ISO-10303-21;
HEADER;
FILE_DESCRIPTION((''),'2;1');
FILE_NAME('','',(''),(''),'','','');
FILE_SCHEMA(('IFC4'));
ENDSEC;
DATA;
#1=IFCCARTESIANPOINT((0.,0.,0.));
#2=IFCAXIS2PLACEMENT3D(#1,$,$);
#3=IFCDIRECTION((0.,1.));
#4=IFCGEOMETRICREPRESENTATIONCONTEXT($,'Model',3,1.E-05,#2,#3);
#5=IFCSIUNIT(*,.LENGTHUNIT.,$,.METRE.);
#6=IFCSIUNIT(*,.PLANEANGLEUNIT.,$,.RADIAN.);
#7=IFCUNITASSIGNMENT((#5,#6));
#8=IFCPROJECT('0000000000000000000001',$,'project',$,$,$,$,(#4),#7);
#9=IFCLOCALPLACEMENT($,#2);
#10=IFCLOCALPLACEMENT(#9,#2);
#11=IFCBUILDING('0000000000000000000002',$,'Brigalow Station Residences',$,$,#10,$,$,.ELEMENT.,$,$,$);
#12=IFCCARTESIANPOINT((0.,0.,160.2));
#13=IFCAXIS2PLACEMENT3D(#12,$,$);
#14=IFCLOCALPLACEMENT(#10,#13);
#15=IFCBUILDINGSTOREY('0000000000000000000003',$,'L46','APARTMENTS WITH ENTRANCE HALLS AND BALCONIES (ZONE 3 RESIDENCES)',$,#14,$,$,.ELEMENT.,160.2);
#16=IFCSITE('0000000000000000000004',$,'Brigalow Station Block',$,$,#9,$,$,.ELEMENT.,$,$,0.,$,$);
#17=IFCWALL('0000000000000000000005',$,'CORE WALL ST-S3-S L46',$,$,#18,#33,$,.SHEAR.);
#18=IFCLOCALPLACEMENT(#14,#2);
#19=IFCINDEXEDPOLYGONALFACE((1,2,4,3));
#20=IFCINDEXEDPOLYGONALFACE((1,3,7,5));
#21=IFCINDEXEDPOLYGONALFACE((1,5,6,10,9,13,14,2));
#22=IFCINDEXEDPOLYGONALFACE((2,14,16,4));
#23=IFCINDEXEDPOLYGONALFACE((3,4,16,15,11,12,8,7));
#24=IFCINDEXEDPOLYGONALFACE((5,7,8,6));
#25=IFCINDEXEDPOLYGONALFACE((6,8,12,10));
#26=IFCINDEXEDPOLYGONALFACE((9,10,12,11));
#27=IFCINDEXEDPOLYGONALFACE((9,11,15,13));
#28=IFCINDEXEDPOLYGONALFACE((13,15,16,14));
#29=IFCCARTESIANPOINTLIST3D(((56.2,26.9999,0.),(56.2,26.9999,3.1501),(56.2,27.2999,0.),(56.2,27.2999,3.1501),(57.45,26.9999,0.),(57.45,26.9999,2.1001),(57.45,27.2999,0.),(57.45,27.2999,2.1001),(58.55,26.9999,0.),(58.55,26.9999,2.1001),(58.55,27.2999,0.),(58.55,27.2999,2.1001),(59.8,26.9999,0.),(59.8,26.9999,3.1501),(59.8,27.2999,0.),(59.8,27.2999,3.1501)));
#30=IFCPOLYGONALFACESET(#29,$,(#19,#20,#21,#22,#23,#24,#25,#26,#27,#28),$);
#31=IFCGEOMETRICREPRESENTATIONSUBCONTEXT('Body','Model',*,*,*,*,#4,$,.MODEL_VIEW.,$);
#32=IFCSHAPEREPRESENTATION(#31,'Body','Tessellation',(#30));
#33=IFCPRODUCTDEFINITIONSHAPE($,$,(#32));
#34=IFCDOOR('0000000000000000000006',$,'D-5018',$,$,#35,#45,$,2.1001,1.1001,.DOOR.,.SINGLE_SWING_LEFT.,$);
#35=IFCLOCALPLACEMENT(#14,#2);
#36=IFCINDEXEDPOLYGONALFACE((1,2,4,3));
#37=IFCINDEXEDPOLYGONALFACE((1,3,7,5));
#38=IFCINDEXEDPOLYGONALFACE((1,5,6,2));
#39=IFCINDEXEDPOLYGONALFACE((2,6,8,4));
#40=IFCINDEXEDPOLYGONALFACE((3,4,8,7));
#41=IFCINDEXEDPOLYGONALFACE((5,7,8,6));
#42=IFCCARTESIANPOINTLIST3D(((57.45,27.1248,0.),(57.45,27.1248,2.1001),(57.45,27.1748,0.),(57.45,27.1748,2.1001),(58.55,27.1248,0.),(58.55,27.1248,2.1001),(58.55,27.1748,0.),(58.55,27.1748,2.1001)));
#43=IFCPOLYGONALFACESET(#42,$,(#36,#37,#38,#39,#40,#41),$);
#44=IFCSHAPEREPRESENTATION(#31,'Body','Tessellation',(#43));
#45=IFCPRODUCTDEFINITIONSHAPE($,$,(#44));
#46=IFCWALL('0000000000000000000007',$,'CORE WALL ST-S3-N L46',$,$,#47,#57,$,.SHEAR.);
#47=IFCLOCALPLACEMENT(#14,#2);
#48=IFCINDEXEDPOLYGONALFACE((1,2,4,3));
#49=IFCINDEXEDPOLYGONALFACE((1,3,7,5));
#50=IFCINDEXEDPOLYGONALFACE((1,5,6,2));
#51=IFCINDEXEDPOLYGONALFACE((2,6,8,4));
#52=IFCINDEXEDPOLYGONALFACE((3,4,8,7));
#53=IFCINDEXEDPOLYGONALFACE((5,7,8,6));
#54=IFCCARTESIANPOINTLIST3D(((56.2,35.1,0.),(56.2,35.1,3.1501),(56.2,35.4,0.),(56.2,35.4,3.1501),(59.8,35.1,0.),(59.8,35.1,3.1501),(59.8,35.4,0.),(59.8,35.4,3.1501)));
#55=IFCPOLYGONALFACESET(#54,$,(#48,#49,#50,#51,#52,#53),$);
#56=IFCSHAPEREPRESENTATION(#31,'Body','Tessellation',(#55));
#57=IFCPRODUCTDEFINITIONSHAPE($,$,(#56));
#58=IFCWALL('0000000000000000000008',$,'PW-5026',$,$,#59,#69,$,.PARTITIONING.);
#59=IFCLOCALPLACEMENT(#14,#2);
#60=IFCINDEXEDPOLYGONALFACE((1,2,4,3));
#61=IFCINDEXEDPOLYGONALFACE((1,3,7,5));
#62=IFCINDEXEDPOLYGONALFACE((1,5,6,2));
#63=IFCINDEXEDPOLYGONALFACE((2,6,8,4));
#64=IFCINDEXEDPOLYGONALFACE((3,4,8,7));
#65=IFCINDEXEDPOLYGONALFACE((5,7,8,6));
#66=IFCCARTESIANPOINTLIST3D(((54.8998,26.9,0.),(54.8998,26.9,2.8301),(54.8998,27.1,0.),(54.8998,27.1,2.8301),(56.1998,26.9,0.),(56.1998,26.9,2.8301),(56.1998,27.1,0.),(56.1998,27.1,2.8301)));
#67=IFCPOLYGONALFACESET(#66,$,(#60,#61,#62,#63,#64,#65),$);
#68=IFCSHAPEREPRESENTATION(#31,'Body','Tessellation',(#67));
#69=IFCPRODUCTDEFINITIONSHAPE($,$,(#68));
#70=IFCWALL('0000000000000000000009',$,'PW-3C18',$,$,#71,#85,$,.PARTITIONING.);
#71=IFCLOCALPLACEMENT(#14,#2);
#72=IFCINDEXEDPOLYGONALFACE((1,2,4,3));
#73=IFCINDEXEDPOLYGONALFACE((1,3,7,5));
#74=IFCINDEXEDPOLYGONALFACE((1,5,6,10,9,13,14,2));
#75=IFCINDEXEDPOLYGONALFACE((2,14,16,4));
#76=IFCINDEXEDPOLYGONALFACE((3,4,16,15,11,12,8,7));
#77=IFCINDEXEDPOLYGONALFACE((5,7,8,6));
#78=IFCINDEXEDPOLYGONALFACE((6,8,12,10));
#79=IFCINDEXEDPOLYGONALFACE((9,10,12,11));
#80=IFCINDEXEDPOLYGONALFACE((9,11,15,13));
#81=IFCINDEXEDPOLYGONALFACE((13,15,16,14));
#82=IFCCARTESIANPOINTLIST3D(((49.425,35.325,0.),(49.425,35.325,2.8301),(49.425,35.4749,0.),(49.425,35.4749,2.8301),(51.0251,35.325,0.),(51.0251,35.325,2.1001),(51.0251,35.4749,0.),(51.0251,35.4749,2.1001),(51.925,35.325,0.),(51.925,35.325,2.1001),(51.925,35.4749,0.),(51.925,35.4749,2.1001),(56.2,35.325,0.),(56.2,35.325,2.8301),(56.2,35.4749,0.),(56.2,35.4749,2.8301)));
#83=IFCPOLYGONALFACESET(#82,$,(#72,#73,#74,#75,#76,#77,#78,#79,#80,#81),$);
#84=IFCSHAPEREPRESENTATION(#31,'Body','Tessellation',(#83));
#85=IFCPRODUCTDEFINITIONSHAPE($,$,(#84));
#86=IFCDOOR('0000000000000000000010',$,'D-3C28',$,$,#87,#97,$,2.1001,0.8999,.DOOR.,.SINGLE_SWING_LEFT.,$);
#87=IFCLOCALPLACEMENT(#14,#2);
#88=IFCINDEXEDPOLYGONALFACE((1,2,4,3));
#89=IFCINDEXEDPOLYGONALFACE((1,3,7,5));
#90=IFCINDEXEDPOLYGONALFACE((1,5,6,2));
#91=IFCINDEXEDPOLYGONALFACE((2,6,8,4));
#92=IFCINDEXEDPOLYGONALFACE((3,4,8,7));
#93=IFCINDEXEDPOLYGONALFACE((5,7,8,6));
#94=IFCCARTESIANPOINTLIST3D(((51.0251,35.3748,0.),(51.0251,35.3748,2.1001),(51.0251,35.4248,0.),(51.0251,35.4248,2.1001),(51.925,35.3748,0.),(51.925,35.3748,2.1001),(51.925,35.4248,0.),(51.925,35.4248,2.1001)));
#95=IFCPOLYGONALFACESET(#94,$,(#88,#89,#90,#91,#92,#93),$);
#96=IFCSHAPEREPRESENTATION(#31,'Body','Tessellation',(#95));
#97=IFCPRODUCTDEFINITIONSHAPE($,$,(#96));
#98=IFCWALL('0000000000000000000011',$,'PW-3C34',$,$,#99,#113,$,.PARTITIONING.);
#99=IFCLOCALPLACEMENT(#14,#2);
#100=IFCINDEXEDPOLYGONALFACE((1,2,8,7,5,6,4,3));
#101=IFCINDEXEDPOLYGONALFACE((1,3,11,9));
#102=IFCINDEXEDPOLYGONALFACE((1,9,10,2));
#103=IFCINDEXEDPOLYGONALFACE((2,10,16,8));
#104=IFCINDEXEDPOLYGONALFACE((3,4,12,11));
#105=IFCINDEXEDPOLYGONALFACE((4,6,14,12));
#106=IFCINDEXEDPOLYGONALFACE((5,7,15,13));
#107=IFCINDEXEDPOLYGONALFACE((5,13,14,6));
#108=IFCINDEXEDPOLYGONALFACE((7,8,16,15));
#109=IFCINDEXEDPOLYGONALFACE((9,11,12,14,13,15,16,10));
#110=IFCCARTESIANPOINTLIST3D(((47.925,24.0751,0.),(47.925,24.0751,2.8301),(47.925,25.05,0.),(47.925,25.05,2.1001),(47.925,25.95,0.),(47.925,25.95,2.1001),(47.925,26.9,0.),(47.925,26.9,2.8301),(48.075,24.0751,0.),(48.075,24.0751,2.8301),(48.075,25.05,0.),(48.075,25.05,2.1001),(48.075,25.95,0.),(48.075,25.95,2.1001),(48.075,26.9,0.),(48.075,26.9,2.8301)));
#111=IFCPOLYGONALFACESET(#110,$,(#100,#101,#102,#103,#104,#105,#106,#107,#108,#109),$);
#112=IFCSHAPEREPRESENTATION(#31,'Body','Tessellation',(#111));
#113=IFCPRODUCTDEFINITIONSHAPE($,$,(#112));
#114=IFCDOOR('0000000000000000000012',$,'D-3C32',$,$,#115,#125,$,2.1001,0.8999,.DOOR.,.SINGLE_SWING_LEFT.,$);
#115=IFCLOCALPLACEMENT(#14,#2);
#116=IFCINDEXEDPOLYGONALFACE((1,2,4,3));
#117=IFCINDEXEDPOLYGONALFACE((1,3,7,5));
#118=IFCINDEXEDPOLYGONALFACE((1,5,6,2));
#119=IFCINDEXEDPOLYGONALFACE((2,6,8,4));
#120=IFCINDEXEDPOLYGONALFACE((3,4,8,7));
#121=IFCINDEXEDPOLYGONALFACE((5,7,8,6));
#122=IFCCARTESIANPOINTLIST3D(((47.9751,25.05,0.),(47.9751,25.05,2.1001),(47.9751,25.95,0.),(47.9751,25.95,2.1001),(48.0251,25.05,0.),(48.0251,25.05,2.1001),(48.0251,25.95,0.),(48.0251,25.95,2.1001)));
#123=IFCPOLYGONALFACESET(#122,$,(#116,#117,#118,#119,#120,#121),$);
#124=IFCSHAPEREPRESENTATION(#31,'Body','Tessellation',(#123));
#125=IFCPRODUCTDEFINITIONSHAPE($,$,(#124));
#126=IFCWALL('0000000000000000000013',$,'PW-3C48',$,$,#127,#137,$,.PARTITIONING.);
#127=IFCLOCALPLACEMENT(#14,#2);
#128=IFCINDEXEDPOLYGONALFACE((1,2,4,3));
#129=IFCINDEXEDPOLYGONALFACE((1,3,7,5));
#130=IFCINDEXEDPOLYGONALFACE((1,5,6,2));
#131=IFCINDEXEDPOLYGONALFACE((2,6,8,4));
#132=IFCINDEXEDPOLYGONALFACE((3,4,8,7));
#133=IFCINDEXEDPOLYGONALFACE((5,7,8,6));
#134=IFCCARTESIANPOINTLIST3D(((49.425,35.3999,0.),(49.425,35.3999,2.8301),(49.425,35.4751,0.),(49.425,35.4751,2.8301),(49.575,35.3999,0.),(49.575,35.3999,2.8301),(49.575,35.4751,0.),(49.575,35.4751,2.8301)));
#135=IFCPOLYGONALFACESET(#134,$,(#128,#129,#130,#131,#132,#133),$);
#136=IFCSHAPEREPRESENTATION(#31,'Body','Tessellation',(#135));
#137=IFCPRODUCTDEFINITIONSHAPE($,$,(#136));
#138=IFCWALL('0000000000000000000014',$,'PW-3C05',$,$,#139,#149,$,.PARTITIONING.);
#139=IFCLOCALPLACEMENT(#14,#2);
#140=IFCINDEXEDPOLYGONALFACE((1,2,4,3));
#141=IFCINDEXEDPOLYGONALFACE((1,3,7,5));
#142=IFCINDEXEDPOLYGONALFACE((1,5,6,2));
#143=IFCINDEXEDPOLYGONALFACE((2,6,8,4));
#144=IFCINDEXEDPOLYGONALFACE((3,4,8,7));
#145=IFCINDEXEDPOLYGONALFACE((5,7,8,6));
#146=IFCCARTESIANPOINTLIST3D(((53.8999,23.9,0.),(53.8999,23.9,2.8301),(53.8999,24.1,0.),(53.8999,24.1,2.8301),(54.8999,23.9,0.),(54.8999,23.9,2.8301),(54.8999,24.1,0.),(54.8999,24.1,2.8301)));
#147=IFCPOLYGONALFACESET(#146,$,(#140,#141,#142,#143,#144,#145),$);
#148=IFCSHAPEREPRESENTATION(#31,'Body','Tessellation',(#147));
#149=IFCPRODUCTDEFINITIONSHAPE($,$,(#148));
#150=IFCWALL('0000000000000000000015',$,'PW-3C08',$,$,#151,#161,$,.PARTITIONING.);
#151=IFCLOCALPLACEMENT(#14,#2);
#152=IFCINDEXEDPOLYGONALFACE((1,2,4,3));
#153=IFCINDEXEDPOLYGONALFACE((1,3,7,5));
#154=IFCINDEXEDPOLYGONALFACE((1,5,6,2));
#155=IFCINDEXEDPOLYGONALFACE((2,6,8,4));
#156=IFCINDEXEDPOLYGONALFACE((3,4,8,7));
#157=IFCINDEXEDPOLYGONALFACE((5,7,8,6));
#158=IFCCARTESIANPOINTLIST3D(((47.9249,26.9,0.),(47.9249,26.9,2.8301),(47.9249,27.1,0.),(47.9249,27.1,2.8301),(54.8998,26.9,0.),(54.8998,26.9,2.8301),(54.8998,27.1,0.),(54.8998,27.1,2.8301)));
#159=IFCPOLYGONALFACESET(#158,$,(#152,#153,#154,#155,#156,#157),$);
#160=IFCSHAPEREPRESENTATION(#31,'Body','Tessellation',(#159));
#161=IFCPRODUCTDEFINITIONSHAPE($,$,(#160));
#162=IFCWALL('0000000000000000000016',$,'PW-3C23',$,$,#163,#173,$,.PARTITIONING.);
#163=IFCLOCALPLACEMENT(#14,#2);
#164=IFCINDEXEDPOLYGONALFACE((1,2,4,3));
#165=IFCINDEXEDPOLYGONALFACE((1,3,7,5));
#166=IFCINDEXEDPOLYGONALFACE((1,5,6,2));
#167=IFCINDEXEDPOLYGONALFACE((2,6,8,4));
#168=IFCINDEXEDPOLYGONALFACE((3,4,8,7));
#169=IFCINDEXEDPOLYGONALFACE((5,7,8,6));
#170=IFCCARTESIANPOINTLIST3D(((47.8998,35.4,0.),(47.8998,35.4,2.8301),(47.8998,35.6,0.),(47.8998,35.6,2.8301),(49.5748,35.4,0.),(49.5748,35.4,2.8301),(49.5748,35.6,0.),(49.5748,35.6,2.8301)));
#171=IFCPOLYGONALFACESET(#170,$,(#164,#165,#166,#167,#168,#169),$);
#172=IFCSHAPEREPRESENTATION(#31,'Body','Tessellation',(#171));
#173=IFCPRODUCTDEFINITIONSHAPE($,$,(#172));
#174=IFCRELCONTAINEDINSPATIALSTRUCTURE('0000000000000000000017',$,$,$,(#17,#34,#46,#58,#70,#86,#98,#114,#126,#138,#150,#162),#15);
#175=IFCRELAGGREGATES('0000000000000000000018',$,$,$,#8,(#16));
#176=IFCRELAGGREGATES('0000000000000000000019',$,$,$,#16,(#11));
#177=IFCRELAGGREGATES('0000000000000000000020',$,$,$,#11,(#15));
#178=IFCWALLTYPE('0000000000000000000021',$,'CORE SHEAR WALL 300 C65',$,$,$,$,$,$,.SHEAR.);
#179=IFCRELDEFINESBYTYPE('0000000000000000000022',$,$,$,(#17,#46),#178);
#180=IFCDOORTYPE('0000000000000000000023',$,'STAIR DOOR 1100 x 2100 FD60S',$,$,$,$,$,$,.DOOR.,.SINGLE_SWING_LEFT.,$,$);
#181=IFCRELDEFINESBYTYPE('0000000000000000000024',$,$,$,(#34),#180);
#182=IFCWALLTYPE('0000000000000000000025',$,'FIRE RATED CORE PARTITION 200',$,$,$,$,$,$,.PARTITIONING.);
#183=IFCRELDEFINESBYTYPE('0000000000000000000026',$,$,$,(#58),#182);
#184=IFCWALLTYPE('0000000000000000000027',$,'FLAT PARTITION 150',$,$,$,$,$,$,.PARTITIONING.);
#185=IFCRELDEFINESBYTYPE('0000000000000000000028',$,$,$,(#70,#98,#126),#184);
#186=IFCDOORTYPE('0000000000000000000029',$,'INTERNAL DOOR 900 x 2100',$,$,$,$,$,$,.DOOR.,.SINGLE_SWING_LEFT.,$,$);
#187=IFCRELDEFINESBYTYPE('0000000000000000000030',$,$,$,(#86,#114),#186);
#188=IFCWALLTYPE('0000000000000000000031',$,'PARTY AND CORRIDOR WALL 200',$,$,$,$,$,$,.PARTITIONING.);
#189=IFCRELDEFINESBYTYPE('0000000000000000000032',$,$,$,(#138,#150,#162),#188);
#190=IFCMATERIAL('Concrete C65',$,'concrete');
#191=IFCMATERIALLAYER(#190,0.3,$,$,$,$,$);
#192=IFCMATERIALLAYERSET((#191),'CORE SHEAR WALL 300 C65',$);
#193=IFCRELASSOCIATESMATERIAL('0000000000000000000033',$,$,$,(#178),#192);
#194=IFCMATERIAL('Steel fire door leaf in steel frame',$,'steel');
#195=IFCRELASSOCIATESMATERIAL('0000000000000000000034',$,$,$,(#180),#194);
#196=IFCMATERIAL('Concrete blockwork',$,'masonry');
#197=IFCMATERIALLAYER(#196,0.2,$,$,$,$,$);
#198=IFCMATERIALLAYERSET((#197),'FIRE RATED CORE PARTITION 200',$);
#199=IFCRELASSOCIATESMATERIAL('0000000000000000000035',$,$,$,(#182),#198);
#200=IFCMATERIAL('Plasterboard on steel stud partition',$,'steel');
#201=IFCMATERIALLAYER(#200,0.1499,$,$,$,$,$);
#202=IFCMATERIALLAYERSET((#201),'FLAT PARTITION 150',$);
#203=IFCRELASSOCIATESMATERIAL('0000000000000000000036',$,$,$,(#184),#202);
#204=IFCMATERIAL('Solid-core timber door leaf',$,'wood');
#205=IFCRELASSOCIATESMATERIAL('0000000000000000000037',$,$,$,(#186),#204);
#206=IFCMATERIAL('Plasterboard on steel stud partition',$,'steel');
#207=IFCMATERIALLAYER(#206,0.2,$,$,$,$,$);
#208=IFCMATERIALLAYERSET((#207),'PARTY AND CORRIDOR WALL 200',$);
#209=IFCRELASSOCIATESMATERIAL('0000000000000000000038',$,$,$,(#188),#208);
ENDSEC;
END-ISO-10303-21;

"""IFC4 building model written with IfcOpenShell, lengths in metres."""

from ifc_helpers import new_model, si_unit, direction, frame, frame_2d, origin, place, context, subcontext, project, spatial, rectangle, extrude, material, layer, layer_set, type_object, element, fill, save


model = new_model("IFC4")

# Units and contexts
model_context = context("Model", 3, precision=1e-05, world=origin(), true_north=direction((0.0, 1.0)))
body_context = subcontext(model_context, "Body", "Model", "MODEL_VIEW")
ifc_project = project(units=[si_unit("LENGTHUNIT", "METRE"), si_unit("PLANEANGLEUNIT", "RADIAN")], contexts=[model_context])

# Site, building, storey
site_placement = place(None, origin())
site = spatial("IfcSite", under=ifc_project, at=site_placement, Name="Brigalow Station Block", CompositionType="ELEMENT", RefElevation=0.0)
building_placement = place(site_placement, origin())
building = spatial("IfcBuilding", under=site, at=building_placement, Name="Brigalow Station Residences", CompositionType="ELEMENT")
storey_placement = place(building_placement, frame((0.0, 0.0, 160.2)))
storey = spatial("IfcBuildingStorey", under=building, at=storey_placement, Name="L46", Description="APARTMENTS WITH ENTRANCE HALLS AND BALCONIES (ZONE 3 RESIDENCES)", CompositionType="ELEMENT", Elevation=160.2)

# Wall, opening, door
ifc_material_1 = material(Name="Concrete C65", Category="concrete")
ifc_layer_1 = layer(ifc_material_1, 0.3)
ifc_layer_set_1 = layer_set([ifc_layer_1], Name="CORE SHEAR WALL 300 C65")
wall_type_1 = type_object("IfcWallType", Name="CORE SHEAR WALL 300 C65", PredefinedType="SHEAR", material=ifc_layer_set_1)
wall_1_placement = place(storey_placement, frame((56.2, 27.1499, 0.0), z_axis=(0.0, 0.0, 1.0), x_axis=(1.0, 0.0, 0.0)))
wall_1 = element("IfcWall", 1, at=wall_1_placement, inside=storey, type_object=wall_type_1, Name="CORE WALL ST-S3-S L46", PredefinedType="SHEAR", context=body_context, shape_type="SweptSolid", body=[
    extrude(rectangle(XDim=3.6001, YDim=0.3, at=frame_2d((1.8, 0.0))), origin(), (0.0, 0.0, 1.0), 3.1501),
])
opening_1_placement = place(wall_1_placement, frame((1.25, 0.0, 0.0)))
opening_1 = element("IfcOpeningElement", 2, at=opening_1_placement, cuts=wall_1, PredefinedType="OPENING", context=body_context, shape_type="SweptSolid", body=[
    extrude(rectangle(XDim=1.1001, YDim=2.1001, at=frame_2d((0.55, 1.05))), frame((0.0, 0.1602, 0.0), z_axis=(0.0, -1.0, 0.0), x_axis=(1.0, 0.0, 0.0)), (0.0, 0.0, 1.0), 0.3201),
])
ifc_material_2 = material(Name="Steel fire door leaf in steel frame", Category="steel")
door_type_1 = type_object("IfcDoorType", Name="STAIR DOOR 1100 x 2100 FD60S", OperationType="SINGLE_SWING_LEFT", PredefinedType="DOOR", material=ifc_material_2)
door_1_placement = place(opening_1_placement, origin())
door_1 = element("IfcDoor", 3, at=door_1_placement, inside=storey, type_object=door_type_1, Name="D-5018", OperationType="SINGLE_SWING_LEFT", OverallHeight=2.1001, OverallWidth=1.1001, PredefinedType="DOOR", context=body_context, shape_type="SweptSolid", body=[
    extrude(rectangle(XDim=1.1001, YDim=2.1001, at=frame_2d((0.55, 1.05))), frame((0.0, 0.0249, 0.0), z_axis=(0.0, -1.0, 0.0), x_axis=(1.0, 0.0, 0.0)), (0.0, 0.0, 1.0), 0.05),
])
fill(opening_1, door_1)

# Walls
wall_2_placement = place(storey_placement, frame((56.2, 35.25, 0.0), z_axis=(0.0, 0.0, 1.0), x_axis=(1.0, 0.0, 0.0)))
element("IfcWall", 4, at=wall_2_placement, inside=storey, type_object=wall_type_1, Name="CORE WALL ST-S3-N L46", PredefinedType="SHEAR", context=body_context, shape_type="SweptSolid", body=[
    extrude(rectangle(XDim=3.6001, YDim=0.3, at=frame_2d((1.8, 0.0))), origin(), (0.0, 0.0, 1.0), 3.1501),
])
ifc_material_3 = material(Name="Concrete blockwork", Category="masonry")
ifc_layer_2 = layer(ifc_material_3, 0.2)
ifc_layer_set_2 = layer_set([ifc_layer_2], Name="FIRE RATED CORE PARTITION 200")
wall_type_2 = type_object("IfcWallType", Name="FIRE RATED CORE PARTITION 200", PredefinedType="PARTITIONING", material=ifc_layer_set_2)
wall_3_placement = place(storey_placement, frame((54.8999, 27.0, 0.0), z_axis=(0.0, 0.0, 1.0), x_axis=(1.0, 0.0, 0.0)))
element("IfcWall", 5, at=wall_3_placement, inside=storey, type_object=wall_type_2, Name="PW-5026", PredefinedType="PARTITIONING", context=body_context, shape_type="SweptSolid", body=[
    extrude(rectangle(XDim=1.3, YDim=0.2, at=frame_2d((0.6499, 0.0))), origin(), (0.0, 0.0, 1.0), 2.8301),
])

# Walls, openings, doors
ifc_material_4 = material(Name="Plasterboard on steel stud partition", Category="steel")
ifc_layer_3 = layer(ifc_material_4, 0.1499)
ifc_layer_set_3 = layer_set([ifc_layer_3], Name="FLAT PARTITION 150")
wall_type_3 = type_object("IfcWallType", Name="FLAT PARTITION 150", PredefinedType="PARTITIONING", material=ifc_layer_set_3)
wall_4_placement = place(storey_placement, frame((49.425, 35.3999, 0.0), z_axis=(0.0, 0.0, 1.0), x_axis=(1.0, 0.0, 0.0)))
wall_4 = element("IfcWall", 6, at=wall_4_placement, inside=storey, type_object=wall_type_3, Name="PW-3C18", PredefinedType="PARTITIONING", context=body_context, shape_type="SweptSolid", body=[
    extrude(rectangle(XDim=6.7749, YDim=0.1499, at=frame_2d((3.3875, 0.0))), origin(), (0.0, 0.0, 1.0), 2.8301),
])
opening_2_placement = place(wall_4_placement, frame((1.6001, 0.0, 0.0)))
opening_2 = element("IfcOpeningElement", 7, at=opening_2_placement, cuts=wall_4, PredefinedType="OPENING", context=body_context, shape_type="SweptSolid", body=[
    extrude(rectangle(XDim=0.8999, YDim=2.1001, at=frame_2d((0.45, 1.05))), frame((0.0, 0.085, 0.0), z_axis=(0.0, -1.0, 0.0), x_axis=(1.0, 0.0, 0.0)), (0.0, 0.0, 1.0), 0.1699),
])
ifc_material_5 = material(Name="Solid-core timber door leaf", Category="wood")
door_type_2 = type_object("IfcDoorType", Name="INTERNAL DOOR 900 x 2100", OperationType="SINGLE_SWING_LEFT", PredefinedType="DOOR", material=ifc_material_5)
door_2_placement = place(opening_2_placement, origin())
door_2 = element("IfcDoor", 8, at=door_2_placement, inside=storey, type_object=door_type_2, Name="D-3C28", OperationType="SINGLE_SWING_LEFT", OverallHeight=2.1001, OverallWidth=0.8999, PredefinedType="DOOR", context=body_context, shape_type="SweptSolid", body=[
    extrude(rectangle(XDim=0.8999, YDim=2.1001, at=frame_2d((0.45, 1.05))), frame((0.0, 0.0249, 0.0), z_axis=(0.0, -1.0, 0.0), x_axis=(1.0, 0.0, 0.0)), (0.0, 0.0, 1.0), 0.05),
])
fill(opening_2, door_2)
wall_5_placement = place(storey_placement, frame((48.0, 24.075, 0.0), z_axis=(0.0, 0.0, 1.0), x_axis=(0.0, 1.0, 0.0)))
wall_5 = element("IfcWall", 9, at=wall_5_placement, inside=storey, type_object=wall_type_3, Name="PW-3C34", PredefinedType="PARTITIONING", context=body_context, shape_type="SweptSolid", body=[
    extrude(rectangle(XDim=2.825, YDim=0.1499, at=frame_2d((1.4126, 0.0))), origin(), (0.0, 0.0, 1.0), 2.8301),
])
opening_3_placement = place(wall_5_placement, frame((0.9751, 0.0, 0.0)))
opening_3 = element("IfcOpeningElement", 10, at=opening_3_placement, cuts=wall_5, PredefinedType="OPENING", context=body_context, shape_type="SweptSolid", body=[
    extrude(rectangle(XDim=0.8999, YDim=2.1001, at=frame_2d((0.45, 1.05))), frame((0.0, 0.085, 0.0), z_axis=(0.0, -1.0, 0.0), x_axis=(1.0, 0.0, 0.0)), (0.0, 0.0, 1.0), 0.1699),
])
door_3_placement = place(opening_3_placement, origin())
door_3 = element("IfcDoor", 11, at=door_3_placement, inside=storey, type_object=door_type_2, Name="D-3C32", OperationType="SINGLE_SWING_LEFT", OverallHeight=2.1001, OverallWidth=0.8999, PredefinedType="DOOR", context=body_context, shape_type="SweptSolid", body=[
    extrude(rectangle(XDim=0.8999, YDim=2.1001, at=frame_2d((0.45, 1.05))), frame((0.0, 0.0249, 0.0), z_axis=(0.0, -1.0, 0.0), x_axis=(1.0, 0.0, 0.0)), (0.0, 0.0, 1.0), 0.05),
])
fill(opening_3, door_3)

# Walls
wall_6_placement = place(storey_placement, frame((49.5, 35.3999, 0.0), z_axis=(0.0, 0.0, 1.0), x_axis=(0.0, 1.0, 0.0)))
element("IfcWall", 12, at=wall_6_placement, inside=storey, type_object=wall_type_3, Name="PW-3C48", PredefinedType="PARTITIONING", context=body_context, shape_type="SweptSolid", body=[
    extrude(rectangle(XDim=0.0752, YDim=0.1499, at=frame_2d((0.0376, 0.0))), origin(), (0.0, 0.0, 1.0), 2.8301),
])
ifc_material_6 = material(Name="Plasterboard on steel stud partition", Category="steel")
ifc_layer_4 = layer(ifc_material_6, 0.2)
ifc_layer_set_4 = layer_set([ifc_layer_4], Name="PARTY AND CORRIDOR WALL 200")
wall_type_4 = type_object("IfcWallType", Name="PARTY AND CORRIDOR WALL 200", PredefinedType="PARTITIONING", material=ifc_layer_set_4)
wall_7_placement = place(storey_placement, frame((53.8999, 24.0, 0.0), z_axis=(0.0, 0.0, 1.0), x_axis=(1.0, 0.0, 0.0)))
element("IfcWall", 13, at=wall_7_placement, inside=storey, type_object=wall_type_4, Name="PW-3C05", PredefinedType="PARTITIONING", context=body_context, shape_type="SweptSolid", body=[
    extrude(rectangle(XDim=1.0, YDim=0.2, at=frame_2d((0.5, 0.0))), origin(), (0.0, 0.0, 1.0), 2.8301),
])
wall_8_placement = place(storey_placement, frame((47.925, 27.0, 0.0), z_axis=(0.0, 0.0, 1.0), x_axis=(1.0, 0.0, 0.0)))
element("IfcWall", 14, at=wall_8_placement, inside=storey, type_object=wall_type_4, Name="PW-3C08", PredefinedType="PARTITIONING", context=body_context, shape_type="SweptSolid", body=[
    extrude(rectangle(XDim=6.9749, YDim=0.2, at=frame_2d((3.4873, 0.0))), origin(), (0.0, 0.0, 1.0), 2.8301),
])
wall_9_placement = place(storey_placement, frame((47.8999, 35.5, 0.0), z_axis=(0.0, 0.0, 1.0), x_axis=(1.0, 0.0, 0.0)))
element("IfcWall", 15, at=wall_9_placement, inside=storey, type_object=wall_type_4, Name="PW-3C23", PredefinedType="PARTITIONING", context=body_context, shape_type="SweptSolid", body=[
    extrude(rectangle(XDim=1.675, YDim=0.2, at=frame_2d((0.8374, 0.0))), origin(), (0.0, 0.0, 1.0), 2.8301),
])

save(model, "model.ifc")
